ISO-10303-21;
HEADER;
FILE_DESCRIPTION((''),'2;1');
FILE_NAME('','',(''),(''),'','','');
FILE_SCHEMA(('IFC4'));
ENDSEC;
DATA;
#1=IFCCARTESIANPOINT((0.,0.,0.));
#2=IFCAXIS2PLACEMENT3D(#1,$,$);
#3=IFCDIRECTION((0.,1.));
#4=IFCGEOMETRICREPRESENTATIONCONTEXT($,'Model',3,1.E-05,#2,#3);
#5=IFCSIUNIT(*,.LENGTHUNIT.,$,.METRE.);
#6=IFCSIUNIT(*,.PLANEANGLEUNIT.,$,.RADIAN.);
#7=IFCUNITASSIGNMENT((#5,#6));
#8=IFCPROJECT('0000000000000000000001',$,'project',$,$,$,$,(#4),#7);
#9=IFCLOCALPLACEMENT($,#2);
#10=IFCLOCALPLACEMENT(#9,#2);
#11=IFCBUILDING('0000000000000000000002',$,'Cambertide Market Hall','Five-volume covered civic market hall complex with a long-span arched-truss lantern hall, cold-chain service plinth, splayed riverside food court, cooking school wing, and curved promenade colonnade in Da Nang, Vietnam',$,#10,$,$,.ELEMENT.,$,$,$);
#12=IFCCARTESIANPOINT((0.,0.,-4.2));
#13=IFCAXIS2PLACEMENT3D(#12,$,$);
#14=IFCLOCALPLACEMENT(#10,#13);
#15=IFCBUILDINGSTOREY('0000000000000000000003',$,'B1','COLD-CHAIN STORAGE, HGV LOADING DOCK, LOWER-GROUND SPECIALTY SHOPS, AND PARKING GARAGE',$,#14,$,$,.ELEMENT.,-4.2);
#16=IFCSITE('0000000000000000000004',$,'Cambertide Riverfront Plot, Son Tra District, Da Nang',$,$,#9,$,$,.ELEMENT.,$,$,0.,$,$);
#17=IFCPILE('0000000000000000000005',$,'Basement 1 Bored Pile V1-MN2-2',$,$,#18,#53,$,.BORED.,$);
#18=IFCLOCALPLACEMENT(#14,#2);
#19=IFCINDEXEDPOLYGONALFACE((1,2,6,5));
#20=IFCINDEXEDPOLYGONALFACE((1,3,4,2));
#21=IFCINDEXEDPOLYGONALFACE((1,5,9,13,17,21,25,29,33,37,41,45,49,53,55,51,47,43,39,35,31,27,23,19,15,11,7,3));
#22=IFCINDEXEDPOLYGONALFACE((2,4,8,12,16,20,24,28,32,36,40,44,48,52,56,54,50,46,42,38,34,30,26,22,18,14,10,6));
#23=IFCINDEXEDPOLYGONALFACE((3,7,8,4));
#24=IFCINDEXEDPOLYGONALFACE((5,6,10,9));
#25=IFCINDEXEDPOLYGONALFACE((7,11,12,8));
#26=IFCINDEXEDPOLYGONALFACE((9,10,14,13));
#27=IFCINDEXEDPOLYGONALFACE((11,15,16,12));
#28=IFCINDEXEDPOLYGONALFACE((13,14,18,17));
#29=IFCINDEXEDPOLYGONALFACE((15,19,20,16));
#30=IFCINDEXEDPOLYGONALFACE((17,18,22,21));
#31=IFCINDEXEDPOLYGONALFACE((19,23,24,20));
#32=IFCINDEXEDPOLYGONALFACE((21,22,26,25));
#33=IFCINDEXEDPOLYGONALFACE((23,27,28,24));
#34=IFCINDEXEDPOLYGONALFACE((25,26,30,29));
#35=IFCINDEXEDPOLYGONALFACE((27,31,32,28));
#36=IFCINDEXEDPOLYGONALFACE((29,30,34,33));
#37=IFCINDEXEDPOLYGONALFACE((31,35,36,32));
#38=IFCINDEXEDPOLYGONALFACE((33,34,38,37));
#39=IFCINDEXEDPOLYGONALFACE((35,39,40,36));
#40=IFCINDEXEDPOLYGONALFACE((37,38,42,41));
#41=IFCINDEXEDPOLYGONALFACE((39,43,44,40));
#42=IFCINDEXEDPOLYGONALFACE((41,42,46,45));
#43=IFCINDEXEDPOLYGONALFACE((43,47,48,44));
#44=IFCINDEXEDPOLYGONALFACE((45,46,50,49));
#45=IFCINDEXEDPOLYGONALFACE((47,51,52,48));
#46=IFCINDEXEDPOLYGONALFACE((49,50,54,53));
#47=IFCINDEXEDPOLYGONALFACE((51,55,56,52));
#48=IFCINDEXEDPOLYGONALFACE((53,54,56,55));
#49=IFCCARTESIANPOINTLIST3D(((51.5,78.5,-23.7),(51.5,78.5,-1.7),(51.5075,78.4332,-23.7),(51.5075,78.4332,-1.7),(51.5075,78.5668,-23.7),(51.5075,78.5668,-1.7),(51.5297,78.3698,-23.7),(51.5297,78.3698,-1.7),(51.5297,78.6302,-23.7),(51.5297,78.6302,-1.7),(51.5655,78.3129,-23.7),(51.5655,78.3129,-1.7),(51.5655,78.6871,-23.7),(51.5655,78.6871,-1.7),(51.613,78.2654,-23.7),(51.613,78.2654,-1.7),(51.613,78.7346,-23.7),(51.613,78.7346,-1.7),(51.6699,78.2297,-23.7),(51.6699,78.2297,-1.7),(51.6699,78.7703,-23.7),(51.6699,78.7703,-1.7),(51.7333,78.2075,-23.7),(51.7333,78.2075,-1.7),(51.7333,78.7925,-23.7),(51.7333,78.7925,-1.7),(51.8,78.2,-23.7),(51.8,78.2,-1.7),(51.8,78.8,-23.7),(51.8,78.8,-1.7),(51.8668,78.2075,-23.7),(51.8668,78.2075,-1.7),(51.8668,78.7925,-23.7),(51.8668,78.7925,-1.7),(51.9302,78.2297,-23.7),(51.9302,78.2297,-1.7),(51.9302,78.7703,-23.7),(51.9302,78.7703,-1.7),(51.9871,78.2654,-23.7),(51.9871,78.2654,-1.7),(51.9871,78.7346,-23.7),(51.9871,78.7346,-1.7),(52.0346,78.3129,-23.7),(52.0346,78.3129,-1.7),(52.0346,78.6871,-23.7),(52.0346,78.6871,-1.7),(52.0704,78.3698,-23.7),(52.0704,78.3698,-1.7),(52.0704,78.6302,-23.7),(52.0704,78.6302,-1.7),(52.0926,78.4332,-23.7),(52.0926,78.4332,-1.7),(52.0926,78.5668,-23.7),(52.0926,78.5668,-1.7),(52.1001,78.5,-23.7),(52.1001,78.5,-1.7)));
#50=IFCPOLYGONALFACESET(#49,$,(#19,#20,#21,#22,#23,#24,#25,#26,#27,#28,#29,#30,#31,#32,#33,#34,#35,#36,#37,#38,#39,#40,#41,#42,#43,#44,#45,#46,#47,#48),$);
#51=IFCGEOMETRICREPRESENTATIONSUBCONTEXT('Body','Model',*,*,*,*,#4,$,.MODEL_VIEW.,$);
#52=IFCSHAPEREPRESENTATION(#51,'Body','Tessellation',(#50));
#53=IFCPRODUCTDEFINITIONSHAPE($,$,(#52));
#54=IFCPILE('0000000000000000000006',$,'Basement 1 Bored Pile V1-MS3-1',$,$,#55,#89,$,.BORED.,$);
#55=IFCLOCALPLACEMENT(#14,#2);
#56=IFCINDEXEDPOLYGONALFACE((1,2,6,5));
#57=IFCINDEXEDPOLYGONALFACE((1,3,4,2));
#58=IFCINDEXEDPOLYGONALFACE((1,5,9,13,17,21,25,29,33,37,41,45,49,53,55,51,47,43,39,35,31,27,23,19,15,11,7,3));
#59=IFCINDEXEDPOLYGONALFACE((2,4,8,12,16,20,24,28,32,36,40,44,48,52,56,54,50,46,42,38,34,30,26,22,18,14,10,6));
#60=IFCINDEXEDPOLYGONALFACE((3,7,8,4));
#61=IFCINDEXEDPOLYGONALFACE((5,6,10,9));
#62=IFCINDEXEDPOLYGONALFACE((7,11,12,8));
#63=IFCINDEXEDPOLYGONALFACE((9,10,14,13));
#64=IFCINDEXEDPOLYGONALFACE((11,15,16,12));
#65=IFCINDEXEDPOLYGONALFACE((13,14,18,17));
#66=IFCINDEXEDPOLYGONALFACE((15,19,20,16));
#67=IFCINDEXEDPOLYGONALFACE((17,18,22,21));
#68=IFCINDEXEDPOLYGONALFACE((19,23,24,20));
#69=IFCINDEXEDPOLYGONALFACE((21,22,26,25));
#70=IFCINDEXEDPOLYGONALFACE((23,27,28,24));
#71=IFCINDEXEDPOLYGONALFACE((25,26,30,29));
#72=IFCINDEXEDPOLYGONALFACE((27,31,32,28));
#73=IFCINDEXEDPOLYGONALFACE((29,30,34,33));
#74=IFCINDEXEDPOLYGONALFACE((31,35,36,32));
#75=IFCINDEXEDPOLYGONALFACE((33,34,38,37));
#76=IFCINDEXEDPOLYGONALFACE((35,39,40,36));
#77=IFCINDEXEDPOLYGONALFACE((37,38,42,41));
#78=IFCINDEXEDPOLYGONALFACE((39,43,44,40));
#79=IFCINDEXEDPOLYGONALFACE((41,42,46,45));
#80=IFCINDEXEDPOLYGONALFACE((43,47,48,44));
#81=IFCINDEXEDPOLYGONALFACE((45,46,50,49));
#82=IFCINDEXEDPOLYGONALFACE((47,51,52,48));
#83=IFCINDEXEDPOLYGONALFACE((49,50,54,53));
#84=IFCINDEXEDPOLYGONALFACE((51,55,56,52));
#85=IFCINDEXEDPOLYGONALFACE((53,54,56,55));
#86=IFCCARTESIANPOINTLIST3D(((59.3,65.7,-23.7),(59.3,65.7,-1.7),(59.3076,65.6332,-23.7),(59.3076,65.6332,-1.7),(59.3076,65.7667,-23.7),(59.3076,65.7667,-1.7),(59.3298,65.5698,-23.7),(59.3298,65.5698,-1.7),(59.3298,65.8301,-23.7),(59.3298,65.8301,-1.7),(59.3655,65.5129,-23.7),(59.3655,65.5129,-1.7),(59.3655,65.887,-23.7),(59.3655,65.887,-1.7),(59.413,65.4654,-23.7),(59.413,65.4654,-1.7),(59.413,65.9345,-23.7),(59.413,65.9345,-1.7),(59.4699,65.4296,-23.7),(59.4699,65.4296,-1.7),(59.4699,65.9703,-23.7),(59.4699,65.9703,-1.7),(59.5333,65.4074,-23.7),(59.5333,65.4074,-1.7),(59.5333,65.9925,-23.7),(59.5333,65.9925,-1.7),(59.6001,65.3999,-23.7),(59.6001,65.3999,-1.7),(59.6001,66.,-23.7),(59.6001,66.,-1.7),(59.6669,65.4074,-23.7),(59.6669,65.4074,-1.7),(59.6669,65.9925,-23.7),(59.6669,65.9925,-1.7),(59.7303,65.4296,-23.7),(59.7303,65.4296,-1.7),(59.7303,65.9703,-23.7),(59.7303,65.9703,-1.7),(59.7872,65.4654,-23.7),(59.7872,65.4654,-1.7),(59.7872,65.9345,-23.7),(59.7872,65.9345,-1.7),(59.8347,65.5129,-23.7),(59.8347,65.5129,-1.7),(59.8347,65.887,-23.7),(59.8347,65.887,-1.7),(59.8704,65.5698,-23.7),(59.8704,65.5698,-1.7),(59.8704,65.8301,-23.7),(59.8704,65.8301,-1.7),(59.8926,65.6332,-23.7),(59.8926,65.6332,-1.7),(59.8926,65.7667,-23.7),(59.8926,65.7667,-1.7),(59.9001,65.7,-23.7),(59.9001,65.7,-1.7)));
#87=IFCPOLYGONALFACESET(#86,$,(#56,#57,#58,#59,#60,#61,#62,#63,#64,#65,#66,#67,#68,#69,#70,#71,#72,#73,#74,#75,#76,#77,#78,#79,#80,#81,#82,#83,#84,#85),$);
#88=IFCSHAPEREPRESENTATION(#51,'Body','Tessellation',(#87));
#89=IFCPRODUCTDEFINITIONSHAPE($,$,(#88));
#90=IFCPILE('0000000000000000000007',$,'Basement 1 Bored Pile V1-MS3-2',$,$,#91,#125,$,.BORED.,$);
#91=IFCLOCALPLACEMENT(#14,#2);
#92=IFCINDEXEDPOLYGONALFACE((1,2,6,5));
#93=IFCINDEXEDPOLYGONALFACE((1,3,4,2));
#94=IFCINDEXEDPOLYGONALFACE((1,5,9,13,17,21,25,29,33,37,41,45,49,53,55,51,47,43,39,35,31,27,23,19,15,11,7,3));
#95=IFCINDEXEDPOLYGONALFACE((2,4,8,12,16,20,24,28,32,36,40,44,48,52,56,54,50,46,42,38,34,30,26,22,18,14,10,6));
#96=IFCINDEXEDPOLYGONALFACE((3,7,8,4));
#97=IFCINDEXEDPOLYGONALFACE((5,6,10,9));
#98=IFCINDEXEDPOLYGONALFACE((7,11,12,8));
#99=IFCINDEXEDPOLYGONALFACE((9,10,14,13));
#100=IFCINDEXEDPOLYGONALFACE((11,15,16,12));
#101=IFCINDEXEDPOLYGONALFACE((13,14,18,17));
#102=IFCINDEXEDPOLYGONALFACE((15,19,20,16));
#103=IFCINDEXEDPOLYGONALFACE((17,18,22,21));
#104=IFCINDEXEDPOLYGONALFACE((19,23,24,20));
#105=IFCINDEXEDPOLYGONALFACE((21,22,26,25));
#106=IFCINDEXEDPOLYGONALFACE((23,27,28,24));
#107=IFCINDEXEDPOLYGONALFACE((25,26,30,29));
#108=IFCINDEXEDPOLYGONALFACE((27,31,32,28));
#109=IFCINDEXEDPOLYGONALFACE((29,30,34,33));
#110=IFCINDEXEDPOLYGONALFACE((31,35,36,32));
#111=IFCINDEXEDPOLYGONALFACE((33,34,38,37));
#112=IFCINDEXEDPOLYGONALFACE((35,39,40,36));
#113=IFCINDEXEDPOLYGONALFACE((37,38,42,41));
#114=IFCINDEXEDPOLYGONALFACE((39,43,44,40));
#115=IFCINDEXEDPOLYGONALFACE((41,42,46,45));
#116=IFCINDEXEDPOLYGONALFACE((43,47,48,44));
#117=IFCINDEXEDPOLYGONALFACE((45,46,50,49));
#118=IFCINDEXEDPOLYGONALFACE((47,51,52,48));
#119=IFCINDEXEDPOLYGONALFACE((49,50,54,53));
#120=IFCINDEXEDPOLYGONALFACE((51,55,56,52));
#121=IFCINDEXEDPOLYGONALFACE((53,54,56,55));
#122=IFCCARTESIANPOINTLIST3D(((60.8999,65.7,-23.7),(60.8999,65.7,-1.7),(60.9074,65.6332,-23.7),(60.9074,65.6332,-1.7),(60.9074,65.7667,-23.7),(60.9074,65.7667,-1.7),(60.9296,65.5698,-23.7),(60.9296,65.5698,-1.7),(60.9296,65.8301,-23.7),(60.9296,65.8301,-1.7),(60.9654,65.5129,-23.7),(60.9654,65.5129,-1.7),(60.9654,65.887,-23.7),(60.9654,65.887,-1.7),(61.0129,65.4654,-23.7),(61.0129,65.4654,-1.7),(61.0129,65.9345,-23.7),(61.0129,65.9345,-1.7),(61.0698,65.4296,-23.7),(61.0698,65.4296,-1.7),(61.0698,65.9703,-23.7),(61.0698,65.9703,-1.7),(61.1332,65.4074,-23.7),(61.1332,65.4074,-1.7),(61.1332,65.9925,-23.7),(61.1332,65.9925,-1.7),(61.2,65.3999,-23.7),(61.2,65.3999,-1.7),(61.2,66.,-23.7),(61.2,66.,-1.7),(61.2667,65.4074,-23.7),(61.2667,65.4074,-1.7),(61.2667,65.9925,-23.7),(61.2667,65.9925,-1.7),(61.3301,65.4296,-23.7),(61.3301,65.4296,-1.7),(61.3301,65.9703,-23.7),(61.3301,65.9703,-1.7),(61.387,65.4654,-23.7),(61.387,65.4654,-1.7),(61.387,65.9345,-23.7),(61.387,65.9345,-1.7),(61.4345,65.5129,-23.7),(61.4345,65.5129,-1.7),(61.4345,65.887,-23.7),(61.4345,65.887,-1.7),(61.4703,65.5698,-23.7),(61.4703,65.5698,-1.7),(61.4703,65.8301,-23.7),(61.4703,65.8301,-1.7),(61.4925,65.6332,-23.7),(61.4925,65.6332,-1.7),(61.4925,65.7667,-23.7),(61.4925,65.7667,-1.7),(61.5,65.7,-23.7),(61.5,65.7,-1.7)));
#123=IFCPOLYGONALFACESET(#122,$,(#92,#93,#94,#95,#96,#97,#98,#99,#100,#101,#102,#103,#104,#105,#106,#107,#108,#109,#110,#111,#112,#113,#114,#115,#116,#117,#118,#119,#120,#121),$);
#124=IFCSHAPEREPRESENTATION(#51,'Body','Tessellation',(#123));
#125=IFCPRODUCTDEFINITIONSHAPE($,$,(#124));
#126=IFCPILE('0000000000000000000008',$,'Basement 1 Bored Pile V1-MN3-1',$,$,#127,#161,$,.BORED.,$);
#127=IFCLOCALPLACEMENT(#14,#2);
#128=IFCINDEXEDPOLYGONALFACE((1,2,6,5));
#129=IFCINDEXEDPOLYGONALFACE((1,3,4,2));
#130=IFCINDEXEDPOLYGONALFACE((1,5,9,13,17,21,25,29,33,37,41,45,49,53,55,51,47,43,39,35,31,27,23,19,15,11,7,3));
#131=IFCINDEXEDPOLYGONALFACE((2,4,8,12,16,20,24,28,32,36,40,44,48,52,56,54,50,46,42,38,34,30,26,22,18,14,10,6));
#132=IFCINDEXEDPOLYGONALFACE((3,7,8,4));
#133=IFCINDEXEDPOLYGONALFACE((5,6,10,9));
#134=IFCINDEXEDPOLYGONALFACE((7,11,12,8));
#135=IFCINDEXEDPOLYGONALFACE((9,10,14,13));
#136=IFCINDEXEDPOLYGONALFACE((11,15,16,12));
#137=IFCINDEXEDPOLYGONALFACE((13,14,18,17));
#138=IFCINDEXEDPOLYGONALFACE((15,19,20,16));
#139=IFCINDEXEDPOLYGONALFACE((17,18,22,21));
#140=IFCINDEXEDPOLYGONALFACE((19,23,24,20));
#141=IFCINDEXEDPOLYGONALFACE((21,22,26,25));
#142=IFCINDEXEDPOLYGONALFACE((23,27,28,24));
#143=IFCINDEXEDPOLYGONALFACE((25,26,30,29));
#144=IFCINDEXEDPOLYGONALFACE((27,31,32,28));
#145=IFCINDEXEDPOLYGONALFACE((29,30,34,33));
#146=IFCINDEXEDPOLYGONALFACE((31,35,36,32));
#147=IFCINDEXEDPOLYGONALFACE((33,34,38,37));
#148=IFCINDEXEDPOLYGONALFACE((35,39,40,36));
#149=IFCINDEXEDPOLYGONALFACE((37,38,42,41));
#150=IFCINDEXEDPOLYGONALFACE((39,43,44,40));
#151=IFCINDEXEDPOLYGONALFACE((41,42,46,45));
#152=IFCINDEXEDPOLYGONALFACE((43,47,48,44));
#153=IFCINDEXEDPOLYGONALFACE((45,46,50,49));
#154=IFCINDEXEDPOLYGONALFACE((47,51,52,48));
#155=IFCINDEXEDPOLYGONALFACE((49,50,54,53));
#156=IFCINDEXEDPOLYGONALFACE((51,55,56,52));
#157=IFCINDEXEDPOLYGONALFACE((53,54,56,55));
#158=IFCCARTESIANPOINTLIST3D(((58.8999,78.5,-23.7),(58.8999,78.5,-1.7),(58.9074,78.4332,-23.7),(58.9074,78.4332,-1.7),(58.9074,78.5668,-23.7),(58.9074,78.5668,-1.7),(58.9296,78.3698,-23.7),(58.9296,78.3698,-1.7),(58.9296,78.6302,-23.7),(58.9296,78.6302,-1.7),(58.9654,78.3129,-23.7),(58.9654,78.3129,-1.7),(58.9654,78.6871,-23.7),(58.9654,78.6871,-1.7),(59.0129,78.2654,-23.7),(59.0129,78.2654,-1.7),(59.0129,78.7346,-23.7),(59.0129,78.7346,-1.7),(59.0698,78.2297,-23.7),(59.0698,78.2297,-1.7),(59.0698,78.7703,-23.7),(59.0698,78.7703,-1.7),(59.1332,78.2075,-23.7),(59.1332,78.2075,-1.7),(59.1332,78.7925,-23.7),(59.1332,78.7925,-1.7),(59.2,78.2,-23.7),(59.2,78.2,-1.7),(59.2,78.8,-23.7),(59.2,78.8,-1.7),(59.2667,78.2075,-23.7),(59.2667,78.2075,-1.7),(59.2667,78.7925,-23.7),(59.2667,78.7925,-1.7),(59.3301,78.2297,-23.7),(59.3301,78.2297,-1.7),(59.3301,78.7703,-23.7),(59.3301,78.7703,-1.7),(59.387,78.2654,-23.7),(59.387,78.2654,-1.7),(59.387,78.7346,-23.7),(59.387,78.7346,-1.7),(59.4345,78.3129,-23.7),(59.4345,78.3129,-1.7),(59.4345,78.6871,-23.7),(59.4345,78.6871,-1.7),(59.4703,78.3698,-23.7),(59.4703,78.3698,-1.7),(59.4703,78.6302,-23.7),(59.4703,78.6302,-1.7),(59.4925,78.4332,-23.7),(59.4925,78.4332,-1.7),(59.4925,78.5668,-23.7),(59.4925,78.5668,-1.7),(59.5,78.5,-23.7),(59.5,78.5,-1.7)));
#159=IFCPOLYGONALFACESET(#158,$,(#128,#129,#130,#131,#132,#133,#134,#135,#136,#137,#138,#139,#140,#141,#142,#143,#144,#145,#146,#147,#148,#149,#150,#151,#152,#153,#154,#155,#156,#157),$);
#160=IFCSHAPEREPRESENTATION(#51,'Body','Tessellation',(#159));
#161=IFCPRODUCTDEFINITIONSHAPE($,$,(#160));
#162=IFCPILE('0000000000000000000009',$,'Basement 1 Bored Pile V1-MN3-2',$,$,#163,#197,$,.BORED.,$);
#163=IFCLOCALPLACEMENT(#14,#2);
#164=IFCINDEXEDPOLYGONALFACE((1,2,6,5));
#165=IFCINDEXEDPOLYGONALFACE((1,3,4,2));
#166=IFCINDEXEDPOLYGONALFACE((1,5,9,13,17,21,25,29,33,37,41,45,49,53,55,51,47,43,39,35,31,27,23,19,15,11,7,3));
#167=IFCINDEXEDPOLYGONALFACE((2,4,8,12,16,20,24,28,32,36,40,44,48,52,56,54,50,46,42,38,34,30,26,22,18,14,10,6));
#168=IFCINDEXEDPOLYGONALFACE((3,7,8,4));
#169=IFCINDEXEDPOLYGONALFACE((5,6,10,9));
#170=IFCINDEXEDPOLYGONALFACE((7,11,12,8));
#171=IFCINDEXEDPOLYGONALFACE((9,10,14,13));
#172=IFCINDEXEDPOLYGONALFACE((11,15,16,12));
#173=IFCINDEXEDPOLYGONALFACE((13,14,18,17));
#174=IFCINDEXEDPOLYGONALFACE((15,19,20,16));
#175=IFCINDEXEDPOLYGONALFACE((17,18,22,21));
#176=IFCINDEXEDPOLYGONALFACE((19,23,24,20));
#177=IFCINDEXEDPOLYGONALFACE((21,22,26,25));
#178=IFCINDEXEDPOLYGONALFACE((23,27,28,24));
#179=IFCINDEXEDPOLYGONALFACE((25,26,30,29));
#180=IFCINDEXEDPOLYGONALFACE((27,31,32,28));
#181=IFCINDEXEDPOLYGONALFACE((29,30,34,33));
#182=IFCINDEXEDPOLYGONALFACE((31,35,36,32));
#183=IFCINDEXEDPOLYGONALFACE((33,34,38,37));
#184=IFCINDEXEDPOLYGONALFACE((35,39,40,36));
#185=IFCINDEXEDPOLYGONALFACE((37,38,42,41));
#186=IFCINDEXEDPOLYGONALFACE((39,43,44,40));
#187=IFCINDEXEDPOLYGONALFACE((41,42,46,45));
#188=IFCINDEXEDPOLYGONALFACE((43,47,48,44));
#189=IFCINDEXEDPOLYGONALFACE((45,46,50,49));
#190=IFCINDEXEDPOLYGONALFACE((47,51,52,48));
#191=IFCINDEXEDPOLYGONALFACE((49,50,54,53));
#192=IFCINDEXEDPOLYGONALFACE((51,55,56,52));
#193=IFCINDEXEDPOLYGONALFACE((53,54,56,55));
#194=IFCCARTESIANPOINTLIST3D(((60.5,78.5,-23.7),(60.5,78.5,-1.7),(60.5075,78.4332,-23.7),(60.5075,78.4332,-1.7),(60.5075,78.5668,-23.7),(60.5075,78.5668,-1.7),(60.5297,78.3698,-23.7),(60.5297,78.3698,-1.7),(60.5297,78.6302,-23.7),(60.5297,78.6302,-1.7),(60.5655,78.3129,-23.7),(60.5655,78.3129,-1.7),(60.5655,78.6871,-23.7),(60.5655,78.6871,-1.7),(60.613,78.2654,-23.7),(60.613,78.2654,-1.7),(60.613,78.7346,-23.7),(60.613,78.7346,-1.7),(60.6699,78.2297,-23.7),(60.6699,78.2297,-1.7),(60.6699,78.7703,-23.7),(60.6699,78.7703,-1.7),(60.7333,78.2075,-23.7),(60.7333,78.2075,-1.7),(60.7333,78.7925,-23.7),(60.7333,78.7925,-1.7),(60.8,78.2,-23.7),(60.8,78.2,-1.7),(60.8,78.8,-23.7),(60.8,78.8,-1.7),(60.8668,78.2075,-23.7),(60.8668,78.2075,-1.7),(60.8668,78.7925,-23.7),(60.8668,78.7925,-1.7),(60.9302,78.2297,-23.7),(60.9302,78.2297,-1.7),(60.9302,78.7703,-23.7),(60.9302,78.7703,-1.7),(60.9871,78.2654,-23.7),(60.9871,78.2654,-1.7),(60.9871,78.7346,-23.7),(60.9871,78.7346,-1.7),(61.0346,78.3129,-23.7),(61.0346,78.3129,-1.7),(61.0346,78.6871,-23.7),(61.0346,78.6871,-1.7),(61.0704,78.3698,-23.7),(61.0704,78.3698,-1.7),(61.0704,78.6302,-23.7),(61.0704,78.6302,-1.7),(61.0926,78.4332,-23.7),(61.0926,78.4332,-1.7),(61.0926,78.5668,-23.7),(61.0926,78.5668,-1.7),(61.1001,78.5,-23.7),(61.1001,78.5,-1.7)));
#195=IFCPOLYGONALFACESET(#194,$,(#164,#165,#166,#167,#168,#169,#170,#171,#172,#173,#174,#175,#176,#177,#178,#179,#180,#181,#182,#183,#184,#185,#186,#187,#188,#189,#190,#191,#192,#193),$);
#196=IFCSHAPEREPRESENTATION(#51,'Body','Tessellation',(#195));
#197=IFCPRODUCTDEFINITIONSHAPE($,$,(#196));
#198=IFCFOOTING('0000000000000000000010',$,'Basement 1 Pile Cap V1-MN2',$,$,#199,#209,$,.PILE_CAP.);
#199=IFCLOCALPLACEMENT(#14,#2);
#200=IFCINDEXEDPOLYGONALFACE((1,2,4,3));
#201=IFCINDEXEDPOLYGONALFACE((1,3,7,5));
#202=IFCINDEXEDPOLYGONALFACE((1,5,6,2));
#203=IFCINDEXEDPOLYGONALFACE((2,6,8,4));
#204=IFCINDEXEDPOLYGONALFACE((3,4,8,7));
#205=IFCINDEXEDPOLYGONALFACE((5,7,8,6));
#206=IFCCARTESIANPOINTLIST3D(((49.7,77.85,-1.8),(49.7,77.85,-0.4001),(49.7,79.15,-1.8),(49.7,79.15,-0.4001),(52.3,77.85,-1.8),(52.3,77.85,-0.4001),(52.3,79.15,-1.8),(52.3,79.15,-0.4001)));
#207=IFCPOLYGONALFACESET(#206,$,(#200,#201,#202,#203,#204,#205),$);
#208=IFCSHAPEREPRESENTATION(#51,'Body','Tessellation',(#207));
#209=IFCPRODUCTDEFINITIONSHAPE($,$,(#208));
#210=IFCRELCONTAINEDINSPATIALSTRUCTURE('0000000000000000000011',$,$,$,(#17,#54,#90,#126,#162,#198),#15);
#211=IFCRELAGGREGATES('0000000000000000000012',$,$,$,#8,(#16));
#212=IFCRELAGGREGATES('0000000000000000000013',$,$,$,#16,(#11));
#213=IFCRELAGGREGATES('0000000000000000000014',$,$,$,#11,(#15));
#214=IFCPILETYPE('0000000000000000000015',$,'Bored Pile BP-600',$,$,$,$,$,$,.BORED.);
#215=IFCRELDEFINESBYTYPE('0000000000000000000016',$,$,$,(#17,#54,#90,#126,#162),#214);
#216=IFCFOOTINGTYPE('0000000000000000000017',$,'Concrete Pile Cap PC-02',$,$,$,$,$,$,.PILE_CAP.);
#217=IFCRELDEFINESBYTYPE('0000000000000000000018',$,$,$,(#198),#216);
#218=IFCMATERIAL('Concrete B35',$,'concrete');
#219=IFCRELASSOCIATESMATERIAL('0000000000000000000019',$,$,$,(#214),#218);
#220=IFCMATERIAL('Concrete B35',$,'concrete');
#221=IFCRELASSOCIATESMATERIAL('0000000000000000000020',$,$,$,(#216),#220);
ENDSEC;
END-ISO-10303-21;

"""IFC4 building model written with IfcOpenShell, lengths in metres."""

from ifc_helpers import new_model, si_unit, direction, frame, origin, origin_2d, place, context, subcontext, project, spatial, rectangle, circle, extrude, material, material_profile, profile_set, type_object, element, save


model = new_model("IFC4")

# Units and contexts
model_context = context("Model", 3, precision=1e-05, world=origin(), true_north=direction((0.0, 1.0)))
body_context = subcontext(model_context, "Body", "Model", "MODEL_VIEW")
ifc_project = project(units=[si_unit("LENGTHUNIT", "METRE"), si_unit("PLANEANGLEUNIT", "RADIAN")], contexts=[model_context])

# Site, building, storey
site_placement = place(None, origin())
site = spatial("IfcSite", under=ifc_project, at=site_placement, Name="Cambertide Riverfront Plot, Son Tra District, Da Nang", CompositionType="ELEMENT", RefElevation=0.0)
building_placement = place(site_placement, origin())
building = spatial("IfcBuilding", under=site, at=building_placement, Name="Cambertide Market Hall", Description="Five-volume covered civic market hall complex with a long-span arched-truss lantern hall, cold-chain service plinth, splayed riverside food court, cooking school wing, and curved promenade colonnade in Da Nang, Vietnam", CompositionType="ELEMENT")
storey_placement = place(building_placement, frame((0.0, 0.0, -4.2)))
storey = spatial("IfcBuildingStorey", under=building, at=storey_placement, Name="B1", Description="COLD-CHAIN STORAGE, HGV LOADING DOCK, LOWER-GROUND SPECIALTY SHOPS, AND PARKING GARAGE", CompositionType="ELEMENT", Elevation=-4.2)

# Piles
ifc_material_1 = material(Name="Concrete B35", Category="concrete")
ifc_material_profile_1 = material_profile(ifc_material_1, circle(Radius=0.3, at=origin_2d()), Name="BP D600")
ifc_profile_set_1 = profile_set([ifc_material_profile_1], Name="Concrete B35")
pile_type_1 = type_object("IfcPileType", Name="Bored Pile BP-600", PredefinedType="BORED", material=ifc_profile_set_1)
for number, where, z_axis, x_axis, name in (
    (1, (51.8, 78.5, -1.7), (0.0, 0.0, -1.0), (1.0, 0.0, 0.0), "Basement 1 Bored Pile V1-MN2-2"),
    (2, (59.6001, 65.7, -1.7), (0.0, 0.0, -1.0), (1.0, 0.0, 0.0), "Basement 1 Bored Pile V1-MS3-1"),
    (3, (61.2, 65.7, -1.7), (0.0, 0.0, -1.0), (1.0, 0.0, 0.0), "Basement 1 Bored Pile V1-MS3-2"),
    (4, (59.2, 78.5, -1.7), (0.0, 0.0, -1.0), (1.0, 0.0, 0.0), "Basement 1 Bored Pile V1-MN3-1"),
    (5, (60.8, 78.5, -1.7), (0.0, 0.0, -1.0), (1.0, 0.0, 0.0), "Basement 1 Bored Pile V1-MN3-2"),
):
    element("IfcPile", number, at=place(storey_placement, frame(where, z_axis=z_axis, x_axis=x_axis)), inside=storey, type_object=pile_type_1, Name=name, PredefinedType="BORED", context=body_context, shape_type="SweptSolid", body=[
        extrude(circle(Radius=0.3, at=origin_2d()), origin(), (0.0, 0.0, 1.0), 22.0),
    ])

# Footing
ifc_material_2 = material(Name="Concrete B35", Category="concrete")
footing_type_1 = type_object("IfcFootingType", Name="Concrete Pile Cap PC-02", PredefinedType="PILE_CAP", material=ifc_material_2)
for number, where, z_axis, x_axis, name in (
    (6, (51.0, 78.5, -1.8), (0.0, 0.0, 1.0), (1.0, 0.0, 0.0), "Basement 1 Pile Cap V1-MN2"),
):
    element("IfcFooting", number, at=place(storey_placement, frame(where, z_axis=z_axis, x_axis=x_axis)), inside=storey, type_object=footing_type_1, Name=name, PredefinedType="PILE_CAP", context=body_context, shape_type="SweptSolid", body=[
        extrude(rectangle(XDim=2.6001, YDim=1.3, at=origin_2d()), origin(), (0.0, 0.0, 1.0), 1.3999),
    ])

save(model, "model.ifc")
